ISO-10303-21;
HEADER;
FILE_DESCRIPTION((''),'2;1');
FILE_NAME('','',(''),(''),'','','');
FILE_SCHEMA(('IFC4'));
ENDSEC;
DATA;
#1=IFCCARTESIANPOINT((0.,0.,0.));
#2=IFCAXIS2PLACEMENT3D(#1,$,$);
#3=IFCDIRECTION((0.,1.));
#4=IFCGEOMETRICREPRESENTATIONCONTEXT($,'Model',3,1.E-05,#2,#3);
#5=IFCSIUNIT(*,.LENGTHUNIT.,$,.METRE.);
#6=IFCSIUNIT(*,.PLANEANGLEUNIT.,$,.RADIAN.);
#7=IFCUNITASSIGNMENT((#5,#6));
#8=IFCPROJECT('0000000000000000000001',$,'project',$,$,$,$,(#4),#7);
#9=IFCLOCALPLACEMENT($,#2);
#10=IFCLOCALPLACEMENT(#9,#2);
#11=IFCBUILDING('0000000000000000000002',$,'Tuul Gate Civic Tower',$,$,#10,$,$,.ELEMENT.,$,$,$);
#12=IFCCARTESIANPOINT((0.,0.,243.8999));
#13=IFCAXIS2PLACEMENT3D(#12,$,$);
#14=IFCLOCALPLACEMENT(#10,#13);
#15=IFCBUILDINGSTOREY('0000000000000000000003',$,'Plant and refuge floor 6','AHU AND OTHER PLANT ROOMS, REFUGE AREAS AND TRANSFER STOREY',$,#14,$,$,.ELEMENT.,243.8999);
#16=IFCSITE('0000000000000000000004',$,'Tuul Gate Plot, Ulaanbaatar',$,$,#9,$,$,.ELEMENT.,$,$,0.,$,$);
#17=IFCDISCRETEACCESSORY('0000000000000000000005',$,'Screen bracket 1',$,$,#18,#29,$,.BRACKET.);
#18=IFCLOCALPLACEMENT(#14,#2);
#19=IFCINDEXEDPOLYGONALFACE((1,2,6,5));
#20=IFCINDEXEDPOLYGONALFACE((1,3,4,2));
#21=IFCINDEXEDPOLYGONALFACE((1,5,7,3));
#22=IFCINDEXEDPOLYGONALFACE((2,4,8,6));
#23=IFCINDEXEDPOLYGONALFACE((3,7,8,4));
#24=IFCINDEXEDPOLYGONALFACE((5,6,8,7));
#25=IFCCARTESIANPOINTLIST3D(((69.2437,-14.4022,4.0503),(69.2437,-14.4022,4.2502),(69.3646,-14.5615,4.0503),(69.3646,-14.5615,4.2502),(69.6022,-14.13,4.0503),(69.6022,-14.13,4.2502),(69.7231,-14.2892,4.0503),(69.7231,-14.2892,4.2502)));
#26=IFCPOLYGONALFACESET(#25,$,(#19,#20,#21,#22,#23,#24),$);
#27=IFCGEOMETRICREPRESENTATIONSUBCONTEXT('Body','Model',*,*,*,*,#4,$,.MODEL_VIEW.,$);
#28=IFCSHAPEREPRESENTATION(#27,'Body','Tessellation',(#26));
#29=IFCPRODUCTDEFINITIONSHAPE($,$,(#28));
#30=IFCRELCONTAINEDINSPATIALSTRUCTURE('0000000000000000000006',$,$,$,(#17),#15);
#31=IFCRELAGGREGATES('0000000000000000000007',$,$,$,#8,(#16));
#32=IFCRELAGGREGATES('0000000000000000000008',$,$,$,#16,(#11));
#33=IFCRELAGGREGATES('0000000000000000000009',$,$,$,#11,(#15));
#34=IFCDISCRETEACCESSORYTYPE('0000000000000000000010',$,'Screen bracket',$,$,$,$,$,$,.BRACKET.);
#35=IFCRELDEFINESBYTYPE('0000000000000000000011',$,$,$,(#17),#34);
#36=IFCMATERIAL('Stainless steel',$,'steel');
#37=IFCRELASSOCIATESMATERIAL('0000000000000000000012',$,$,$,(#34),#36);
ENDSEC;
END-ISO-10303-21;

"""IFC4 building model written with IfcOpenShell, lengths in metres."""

from ifc_helpers import new_model, si_unit, direction, frame, origin, origin_2d, place, context, subcontext, project, spatial, rectangle, extrude, material, type_object, element, save


model = new_model("IFC4")

# Units and contexts
model_context = context("Model", 3, precision=1e-05, world=origin(), true_north=direction((0.0, 1.0)))
body_context = subcontext(model_context, "Body", "Model", "MODEL_VIEW")
ifc_project = project(units=[si_unit("LENGTHUNIT", "METRE"), si_unit("PLANEANGLEUNIT", "RADIAN")], contexts=[model_context])

# Site, building, storey
site_placement = place(None, origin())
site = spatial("IfcSite", under=ifc_project, at=site_placement, Name="Tuul Gate Plot, Ulaanbaatar", CompositionType="ELEMENT", RefElevation=0.0)
building_placement = place(site_placement, origin())
building = spatial("IfcBuilding", under=site, at=building_placement, Name="Tuul Gate Civic Tower", CompositionType="ELEMENT")
storey_placement = place(building_placement, frame((0.0, 0.0, 243.8999)))
storey = spatial("IfcBuildingStorey", under=building, at=storey_placement, Name="Plant and refuge floor 6", Description="AHU AND OTHER PLANT ROOMS, REFUGE AREAS AND TRANSFER STOREY", CompositionType="ELEMENT", Elevation=243.8999)

# Discrete accessory
ifc_material_1 = material(Name="Stainless steel", Category="steel")
discrete_accessory_type_1 = type_object("IfcDiscreteAccessoryType", Name="Screen bracket", PredefinedType="BRACKET", material=ifc_material_1)
discrete_accessory_1_placement = place(storey_placement, frame((69.4834, -14.3457, 4.0503), z_axis=(0.0, 0.0, 1.0), x_axis=(0.796423, 0.60474, 0.0)))
element("IfcDiscreteAccessory", 1, at=discrete_accessory_1_placement, inside=storey, type_object=discrete_accessory_type_1, Name="Screen bracket 1", PredefinedType="BRACKET", context=body_context, shape_type="SweptSolid", body=[
    extrude(rectangle(XDim=0.4502, YDim=0.2, at=origin_2d()), origin(), (0.0, 0.0, 1.0), 0.2),
])

save(model, "model.ifc")
